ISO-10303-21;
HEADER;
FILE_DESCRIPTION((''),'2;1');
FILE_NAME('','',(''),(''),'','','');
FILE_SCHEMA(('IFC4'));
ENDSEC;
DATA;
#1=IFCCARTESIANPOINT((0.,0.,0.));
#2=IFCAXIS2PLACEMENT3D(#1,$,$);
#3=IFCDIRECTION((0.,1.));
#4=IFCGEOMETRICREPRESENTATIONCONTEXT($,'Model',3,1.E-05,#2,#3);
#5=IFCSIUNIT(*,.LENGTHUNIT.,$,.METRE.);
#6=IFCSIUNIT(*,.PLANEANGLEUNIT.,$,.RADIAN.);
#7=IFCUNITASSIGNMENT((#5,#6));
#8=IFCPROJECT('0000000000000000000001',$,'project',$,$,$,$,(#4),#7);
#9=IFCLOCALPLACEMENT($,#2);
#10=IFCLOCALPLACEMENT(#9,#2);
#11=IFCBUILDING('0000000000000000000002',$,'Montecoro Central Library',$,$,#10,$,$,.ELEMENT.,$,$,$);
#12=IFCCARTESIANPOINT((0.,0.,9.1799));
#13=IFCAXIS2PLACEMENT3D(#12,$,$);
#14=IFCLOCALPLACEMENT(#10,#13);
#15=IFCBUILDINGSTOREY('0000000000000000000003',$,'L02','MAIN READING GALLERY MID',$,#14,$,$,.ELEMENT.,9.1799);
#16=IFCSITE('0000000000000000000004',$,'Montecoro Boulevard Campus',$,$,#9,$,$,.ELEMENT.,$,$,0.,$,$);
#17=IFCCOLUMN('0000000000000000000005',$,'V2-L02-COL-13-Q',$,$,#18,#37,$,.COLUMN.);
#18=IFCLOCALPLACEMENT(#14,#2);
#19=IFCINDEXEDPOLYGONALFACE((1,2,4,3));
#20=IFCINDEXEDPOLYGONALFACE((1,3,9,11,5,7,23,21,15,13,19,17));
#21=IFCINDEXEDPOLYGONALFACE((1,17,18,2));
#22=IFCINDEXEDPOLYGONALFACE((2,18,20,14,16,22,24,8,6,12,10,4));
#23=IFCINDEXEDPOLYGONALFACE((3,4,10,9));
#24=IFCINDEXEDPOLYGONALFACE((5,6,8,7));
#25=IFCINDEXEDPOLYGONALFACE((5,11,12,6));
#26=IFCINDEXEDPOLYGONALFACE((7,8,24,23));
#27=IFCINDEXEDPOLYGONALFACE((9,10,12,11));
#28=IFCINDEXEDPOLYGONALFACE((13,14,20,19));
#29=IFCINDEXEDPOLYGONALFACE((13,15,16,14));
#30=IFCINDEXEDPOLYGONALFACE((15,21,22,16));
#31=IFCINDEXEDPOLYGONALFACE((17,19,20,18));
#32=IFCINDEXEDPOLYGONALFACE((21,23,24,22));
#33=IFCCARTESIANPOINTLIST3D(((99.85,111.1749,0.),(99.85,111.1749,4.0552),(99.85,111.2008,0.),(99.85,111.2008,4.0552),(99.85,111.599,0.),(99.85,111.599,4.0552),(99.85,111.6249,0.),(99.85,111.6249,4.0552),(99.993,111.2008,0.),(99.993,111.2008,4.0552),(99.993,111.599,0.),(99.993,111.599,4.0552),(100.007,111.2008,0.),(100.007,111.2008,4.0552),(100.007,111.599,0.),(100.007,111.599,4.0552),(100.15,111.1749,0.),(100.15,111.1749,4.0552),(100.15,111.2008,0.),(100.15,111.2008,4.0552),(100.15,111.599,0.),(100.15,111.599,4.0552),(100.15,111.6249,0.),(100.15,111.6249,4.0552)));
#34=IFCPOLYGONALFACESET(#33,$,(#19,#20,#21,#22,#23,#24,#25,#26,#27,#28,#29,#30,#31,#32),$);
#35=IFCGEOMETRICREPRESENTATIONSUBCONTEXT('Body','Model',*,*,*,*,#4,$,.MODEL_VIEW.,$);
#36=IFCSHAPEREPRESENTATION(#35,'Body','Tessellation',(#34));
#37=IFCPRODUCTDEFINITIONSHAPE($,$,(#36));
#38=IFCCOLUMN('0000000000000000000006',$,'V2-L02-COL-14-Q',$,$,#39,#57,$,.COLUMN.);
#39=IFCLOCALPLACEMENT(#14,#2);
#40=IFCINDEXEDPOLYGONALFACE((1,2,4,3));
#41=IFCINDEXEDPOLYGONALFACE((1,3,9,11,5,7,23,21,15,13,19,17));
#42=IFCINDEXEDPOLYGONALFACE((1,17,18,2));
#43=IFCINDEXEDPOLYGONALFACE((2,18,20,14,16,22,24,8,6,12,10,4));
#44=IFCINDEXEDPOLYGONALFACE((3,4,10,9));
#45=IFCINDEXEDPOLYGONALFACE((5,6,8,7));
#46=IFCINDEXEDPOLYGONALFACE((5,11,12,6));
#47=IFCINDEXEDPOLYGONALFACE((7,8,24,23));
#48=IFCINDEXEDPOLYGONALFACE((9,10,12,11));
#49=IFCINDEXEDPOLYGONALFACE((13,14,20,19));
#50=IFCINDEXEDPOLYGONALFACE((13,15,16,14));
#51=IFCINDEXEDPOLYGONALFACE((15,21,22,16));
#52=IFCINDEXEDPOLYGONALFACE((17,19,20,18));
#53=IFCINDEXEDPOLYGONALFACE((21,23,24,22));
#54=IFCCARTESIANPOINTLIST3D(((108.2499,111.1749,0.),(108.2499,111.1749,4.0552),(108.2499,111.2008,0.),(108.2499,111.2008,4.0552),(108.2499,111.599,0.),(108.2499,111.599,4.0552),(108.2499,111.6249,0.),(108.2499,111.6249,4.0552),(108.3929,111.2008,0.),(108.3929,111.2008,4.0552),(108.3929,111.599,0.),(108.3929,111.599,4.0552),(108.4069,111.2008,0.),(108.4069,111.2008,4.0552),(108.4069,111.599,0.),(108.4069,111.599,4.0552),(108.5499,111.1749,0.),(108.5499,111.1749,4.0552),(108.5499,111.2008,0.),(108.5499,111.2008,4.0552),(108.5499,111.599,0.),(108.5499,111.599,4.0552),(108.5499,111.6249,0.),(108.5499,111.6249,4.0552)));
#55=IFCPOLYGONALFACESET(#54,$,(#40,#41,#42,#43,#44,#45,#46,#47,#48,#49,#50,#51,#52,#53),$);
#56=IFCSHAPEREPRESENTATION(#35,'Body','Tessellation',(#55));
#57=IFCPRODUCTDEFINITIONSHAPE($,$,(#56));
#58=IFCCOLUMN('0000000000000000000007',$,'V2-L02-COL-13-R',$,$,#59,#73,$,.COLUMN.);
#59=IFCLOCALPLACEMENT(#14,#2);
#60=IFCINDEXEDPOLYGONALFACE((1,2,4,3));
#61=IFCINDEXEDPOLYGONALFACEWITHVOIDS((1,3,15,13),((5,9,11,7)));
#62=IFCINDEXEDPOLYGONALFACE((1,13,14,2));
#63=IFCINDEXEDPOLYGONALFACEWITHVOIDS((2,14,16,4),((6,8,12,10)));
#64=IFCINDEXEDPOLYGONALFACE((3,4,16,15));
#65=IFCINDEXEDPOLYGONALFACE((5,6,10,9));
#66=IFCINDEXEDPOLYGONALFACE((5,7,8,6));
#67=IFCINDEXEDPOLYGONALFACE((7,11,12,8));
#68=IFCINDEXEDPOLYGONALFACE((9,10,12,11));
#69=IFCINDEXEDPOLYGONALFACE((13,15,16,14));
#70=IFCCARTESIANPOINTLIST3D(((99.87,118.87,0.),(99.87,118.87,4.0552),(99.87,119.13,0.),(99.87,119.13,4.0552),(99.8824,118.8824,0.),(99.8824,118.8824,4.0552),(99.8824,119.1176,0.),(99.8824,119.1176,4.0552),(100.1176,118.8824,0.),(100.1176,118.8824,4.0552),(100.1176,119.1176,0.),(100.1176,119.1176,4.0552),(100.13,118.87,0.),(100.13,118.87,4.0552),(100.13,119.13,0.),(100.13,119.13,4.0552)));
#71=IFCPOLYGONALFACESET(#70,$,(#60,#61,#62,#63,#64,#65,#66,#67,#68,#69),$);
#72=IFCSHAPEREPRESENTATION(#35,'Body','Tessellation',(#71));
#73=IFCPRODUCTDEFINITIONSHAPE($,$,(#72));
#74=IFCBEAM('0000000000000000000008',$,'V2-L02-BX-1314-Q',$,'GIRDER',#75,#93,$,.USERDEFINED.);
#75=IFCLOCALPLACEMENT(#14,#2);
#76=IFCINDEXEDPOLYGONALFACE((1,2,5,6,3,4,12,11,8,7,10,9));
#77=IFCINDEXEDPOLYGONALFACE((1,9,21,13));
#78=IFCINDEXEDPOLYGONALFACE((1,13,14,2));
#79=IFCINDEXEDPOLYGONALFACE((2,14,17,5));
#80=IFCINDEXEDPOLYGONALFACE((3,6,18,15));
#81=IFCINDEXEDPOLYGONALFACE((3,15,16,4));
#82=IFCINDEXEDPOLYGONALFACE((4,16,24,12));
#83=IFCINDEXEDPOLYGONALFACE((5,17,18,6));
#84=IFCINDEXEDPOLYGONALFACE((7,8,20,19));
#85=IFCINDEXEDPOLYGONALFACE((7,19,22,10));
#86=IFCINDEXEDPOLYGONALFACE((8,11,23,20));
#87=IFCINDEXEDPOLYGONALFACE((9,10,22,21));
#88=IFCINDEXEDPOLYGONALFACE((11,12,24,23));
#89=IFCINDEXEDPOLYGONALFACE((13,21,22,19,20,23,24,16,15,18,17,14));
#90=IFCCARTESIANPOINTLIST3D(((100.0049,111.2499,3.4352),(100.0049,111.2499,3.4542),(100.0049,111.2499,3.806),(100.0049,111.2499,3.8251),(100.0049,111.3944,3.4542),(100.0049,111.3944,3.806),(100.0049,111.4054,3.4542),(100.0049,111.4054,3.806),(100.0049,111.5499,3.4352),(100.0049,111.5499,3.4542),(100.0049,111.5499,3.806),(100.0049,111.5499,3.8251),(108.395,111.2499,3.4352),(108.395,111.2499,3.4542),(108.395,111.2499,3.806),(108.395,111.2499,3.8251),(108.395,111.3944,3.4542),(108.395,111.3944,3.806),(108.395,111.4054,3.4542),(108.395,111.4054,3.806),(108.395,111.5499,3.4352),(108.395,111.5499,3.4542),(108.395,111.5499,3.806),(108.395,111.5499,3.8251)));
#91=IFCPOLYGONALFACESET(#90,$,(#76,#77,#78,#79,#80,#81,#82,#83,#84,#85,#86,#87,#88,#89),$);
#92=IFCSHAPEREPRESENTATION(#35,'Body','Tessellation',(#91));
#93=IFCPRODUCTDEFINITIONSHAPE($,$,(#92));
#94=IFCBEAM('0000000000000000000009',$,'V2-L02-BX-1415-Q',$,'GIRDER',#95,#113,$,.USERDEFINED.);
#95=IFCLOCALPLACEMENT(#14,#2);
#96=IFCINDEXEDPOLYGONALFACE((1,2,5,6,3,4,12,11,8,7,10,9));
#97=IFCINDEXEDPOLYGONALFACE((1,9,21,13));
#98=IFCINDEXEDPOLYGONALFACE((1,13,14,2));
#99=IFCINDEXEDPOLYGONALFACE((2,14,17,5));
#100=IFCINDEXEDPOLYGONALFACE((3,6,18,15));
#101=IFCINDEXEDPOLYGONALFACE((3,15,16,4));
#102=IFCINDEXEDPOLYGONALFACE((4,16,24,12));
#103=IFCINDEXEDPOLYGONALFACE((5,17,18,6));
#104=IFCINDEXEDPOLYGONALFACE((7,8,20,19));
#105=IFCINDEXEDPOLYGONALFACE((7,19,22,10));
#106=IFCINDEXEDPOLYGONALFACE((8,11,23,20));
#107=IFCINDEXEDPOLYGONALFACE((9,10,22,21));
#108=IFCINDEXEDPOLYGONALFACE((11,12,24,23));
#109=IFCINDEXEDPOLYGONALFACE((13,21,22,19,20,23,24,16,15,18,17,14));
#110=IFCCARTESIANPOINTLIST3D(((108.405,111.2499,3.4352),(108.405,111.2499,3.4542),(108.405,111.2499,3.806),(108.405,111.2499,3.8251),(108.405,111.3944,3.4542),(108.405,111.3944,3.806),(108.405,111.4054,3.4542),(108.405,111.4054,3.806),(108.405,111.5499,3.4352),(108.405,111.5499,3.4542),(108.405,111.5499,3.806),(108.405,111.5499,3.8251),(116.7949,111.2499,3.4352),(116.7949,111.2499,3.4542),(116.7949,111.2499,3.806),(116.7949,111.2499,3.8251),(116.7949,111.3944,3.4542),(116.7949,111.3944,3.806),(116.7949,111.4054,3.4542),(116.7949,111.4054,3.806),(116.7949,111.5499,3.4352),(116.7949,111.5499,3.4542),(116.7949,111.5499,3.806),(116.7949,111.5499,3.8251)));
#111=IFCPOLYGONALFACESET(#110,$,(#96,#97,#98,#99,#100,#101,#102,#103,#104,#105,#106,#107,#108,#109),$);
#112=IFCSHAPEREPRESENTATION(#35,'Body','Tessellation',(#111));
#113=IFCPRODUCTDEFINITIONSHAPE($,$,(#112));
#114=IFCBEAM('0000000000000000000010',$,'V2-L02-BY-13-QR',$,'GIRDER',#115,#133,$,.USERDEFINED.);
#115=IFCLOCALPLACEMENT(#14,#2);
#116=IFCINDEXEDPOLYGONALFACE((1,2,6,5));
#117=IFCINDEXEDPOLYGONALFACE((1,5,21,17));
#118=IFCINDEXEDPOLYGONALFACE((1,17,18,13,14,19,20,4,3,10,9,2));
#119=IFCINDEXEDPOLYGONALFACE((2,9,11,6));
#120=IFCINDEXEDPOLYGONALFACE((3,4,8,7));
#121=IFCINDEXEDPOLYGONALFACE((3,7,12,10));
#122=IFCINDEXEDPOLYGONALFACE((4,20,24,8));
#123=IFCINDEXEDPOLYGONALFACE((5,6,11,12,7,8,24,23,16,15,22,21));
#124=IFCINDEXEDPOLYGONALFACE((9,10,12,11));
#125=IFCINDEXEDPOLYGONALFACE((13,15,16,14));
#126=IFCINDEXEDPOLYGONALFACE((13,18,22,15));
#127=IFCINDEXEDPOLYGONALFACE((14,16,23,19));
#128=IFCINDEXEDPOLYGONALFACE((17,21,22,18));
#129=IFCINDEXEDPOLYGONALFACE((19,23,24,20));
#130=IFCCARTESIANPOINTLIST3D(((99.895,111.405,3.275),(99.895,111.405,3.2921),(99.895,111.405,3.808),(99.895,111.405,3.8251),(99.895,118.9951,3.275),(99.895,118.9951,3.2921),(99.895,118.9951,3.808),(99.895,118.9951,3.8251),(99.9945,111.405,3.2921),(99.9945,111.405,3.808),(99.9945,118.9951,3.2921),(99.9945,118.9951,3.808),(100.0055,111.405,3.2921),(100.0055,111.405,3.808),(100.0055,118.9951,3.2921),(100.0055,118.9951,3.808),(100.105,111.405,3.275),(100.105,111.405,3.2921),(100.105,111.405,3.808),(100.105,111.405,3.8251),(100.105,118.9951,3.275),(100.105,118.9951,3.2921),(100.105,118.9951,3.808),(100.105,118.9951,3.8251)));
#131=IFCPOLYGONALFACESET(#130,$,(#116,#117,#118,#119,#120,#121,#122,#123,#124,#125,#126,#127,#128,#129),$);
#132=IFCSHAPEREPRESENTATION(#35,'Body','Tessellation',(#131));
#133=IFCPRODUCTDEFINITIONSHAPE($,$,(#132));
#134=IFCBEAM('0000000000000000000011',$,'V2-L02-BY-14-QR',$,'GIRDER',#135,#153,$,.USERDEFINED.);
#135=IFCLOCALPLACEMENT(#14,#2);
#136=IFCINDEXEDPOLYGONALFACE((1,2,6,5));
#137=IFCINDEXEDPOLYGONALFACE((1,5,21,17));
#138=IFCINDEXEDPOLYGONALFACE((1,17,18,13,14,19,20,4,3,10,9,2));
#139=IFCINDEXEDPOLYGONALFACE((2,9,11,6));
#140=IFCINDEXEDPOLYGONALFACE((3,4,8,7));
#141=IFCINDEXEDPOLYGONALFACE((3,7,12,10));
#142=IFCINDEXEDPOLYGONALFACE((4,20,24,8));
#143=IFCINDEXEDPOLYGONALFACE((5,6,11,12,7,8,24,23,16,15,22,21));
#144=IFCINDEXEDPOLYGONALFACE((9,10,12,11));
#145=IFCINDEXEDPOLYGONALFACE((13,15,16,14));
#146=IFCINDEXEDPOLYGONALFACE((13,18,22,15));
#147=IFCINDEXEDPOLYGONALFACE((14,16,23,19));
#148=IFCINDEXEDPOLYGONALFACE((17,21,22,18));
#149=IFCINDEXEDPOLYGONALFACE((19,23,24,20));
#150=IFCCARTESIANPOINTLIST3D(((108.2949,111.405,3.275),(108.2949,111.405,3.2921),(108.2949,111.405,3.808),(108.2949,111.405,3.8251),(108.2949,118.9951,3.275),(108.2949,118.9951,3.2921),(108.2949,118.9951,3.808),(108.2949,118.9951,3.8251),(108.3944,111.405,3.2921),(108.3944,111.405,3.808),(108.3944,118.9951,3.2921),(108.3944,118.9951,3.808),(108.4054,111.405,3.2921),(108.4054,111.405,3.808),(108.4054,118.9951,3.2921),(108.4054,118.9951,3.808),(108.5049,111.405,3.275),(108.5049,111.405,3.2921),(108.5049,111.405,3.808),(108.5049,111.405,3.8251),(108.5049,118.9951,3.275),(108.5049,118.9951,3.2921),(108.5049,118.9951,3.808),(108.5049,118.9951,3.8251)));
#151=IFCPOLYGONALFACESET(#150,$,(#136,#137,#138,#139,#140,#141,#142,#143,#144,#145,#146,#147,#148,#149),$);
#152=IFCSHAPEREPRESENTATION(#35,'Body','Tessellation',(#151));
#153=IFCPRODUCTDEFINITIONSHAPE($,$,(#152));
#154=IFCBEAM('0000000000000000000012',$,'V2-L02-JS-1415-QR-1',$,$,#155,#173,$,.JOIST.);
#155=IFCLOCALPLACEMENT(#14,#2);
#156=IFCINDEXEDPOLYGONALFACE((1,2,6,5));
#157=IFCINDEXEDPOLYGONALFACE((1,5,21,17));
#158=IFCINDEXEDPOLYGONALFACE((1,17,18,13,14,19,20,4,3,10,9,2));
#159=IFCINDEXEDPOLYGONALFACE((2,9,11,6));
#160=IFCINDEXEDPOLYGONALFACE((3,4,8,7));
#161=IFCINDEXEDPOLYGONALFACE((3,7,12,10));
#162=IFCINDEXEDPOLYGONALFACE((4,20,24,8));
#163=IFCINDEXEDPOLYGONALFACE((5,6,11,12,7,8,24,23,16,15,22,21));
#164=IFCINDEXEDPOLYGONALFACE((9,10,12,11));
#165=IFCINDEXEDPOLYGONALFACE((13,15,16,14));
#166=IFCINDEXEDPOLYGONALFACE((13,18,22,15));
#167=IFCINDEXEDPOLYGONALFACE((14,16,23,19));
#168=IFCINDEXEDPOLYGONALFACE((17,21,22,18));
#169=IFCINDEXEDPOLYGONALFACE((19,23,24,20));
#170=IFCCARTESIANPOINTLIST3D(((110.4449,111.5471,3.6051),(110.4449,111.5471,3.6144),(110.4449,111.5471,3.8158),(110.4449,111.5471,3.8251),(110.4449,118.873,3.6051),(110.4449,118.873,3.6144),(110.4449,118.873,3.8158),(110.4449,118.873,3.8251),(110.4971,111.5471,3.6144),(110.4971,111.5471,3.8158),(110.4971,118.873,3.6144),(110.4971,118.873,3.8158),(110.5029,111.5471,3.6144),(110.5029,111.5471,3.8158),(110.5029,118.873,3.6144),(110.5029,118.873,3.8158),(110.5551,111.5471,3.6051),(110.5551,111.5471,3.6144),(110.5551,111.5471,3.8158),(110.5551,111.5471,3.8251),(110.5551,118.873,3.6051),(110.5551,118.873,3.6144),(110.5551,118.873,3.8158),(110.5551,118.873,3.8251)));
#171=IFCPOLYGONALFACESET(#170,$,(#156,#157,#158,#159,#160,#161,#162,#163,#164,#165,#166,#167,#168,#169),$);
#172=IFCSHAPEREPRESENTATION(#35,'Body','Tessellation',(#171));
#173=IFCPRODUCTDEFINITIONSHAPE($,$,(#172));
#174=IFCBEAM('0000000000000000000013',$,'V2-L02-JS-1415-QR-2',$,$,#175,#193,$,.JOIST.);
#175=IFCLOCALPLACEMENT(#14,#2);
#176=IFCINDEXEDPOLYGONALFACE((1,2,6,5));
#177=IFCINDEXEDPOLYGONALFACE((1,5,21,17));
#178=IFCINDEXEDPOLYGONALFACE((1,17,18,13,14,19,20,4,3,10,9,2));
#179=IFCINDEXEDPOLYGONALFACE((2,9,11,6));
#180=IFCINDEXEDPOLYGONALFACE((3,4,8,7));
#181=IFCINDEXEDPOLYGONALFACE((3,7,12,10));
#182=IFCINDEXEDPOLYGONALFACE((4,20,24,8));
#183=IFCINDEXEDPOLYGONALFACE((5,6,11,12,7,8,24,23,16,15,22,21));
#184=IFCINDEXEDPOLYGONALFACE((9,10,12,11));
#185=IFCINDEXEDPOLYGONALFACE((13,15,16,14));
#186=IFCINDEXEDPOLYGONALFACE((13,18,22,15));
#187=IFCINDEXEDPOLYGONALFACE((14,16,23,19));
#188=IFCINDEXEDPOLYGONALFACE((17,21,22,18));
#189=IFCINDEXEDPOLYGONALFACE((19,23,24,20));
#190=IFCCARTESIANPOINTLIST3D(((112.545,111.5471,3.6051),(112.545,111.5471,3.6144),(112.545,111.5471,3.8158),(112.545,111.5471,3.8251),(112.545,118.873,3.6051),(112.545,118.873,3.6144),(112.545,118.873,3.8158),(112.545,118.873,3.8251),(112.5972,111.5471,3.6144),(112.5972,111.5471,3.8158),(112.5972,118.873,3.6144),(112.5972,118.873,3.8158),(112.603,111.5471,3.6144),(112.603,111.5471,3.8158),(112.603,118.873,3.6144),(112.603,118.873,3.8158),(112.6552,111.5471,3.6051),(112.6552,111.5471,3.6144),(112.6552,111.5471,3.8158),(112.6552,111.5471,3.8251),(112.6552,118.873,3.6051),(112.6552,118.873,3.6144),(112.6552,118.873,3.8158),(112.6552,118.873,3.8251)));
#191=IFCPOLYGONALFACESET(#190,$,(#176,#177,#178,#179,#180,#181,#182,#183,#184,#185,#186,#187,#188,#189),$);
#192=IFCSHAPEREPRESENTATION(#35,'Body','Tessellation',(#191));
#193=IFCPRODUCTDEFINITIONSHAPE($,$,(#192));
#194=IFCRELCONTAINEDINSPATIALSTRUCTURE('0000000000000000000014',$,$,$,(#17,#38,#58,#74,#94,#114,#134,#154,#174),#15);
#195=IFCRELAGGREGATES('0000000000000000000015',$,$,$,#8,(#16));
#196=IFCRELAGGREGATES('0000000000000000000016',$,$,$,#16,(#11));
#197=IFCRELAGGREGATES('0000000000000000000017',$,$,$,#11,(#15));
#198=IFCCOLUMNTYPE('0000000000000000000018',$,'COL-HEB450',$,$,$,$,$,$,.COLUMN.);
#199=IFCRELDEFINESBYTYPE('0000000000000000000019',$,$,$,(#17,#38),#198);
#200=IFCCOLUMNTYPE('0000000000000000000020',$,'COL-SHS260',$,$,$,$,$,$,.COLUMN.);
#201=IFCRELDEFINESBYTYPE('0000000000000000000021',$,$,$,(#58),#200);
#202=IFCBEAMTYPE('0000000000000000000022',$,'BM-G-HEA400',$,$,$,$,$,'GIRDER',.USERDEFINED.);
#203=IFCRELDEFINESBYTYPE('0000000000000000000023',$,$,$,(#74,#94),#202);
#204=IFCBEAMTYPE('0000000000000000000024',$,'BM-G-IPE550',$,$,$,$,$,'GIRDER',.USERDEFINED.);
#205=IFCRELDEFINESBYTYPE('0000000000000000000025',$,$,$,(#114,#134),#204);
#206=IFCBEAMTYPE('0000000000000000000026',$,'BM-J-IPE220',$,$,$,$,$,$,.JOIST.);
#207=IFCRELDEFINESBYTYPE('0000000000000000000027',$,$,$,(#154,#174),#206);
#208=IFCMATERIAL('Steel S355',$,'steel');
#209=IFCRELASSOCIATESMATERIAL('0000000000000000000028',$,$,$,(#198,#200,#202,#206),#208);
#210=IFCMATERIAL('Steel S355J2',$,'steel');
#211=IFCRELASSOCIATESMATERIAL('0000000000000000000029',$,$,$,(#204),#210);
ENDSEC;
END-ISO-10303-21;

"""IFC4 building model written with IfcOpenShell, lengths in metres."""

from ifc_helpers import new_model, si_unit, direction, frame, origin, origin_2d, place, context, subcontext, project, spatial, hollow_rectangle, i_section, extrude, material, material_profile, profile_set, type_object, element, save


model = new_model("IFC4")

# Units and contexts
model_context = context("Model", 3, precision=1e-05, world=origin(), true_north=direction((0.0, 1.0)))
body_context = subcontext(model_context, "Body", "Model", "MODEL_VIEW")
ifc_project = project(units=[si_unit("LENGTHUNIT", "METRE"), si_unit("PLANEANGLEUNIT", "RADIAN")], contexts=[model_context])

# Site, building, storey
site_placement = place(None, origin())
site = spatial("IfcSite", under=ifc_project, at=site_placement, Name="Montecoro Boulevard Campus", CompositionType="ELEMENT", RefElevation=0.0)
building_placement = place(site_placement, origin())
building = spatial("IfcBuilding", under=site, at=building_placement, Name="Montecoro Central Library", CompositionType="ELEMENT")
storey_placement = place(building_placement, frame((0.0, 0.0, 9.1799)))
storey = spatial("IfcBuildingStorey", under=building, at=storey_placement, Name="L02", Description="MAIN READING GALLERY MID", CompositionType="ELEMENT", Elevation=9.1799)

# Columns
ifc_material_1 = material(Name="Steel S355", Category="steel")
ifc_material_profile_1 = material_profile(ifc_material_1, i_section(OverallWidth=0.3, OverallDepth=0.45, WebThickness=0.0139, FlangeThickness=0.0259, at=origin_2d()), Name="HEB 450")
ifc_profile_set_1 = profile_set([ifc_material_profile_1], Name="Steel S355")
column_type_1 = type_object("IfcColumnType", Name="COL-HEB450", PredefinedType="COLUMN", material=ifc_profile_set_1)
for number, where, z_axis, x_axis, name in (
    (1, (100.0, 111.3999, 0.0), (0.0, 0.0, 1.0), (1.0, 0.0, 0.0), "V2-L02-COL-13-Q"),
    (2, (108.3999, 111.3999, 0.0), (0.0, 0.0, 1.0), (1.0, 0.0, 0.0), "V2-L02-COL-14-Q"),
):
    element("IfcColumn", number, at=place(storey_placement, frame(where, z_axis=z_axis, x_axis=x_axis)), inside=storey, type_object=column_type_1, Name=name, PredefinedType="COLUMN", context=body_context, shape_type="SweptSolid", body=[
        extrude(i_section(OverallWidth=0.3, OverallDepth=0.45, WebThickness=0.0139, FlangeThickness=0.0259, at=origin_2d()), origin(), (0.0, 0.0, 1.0), 4.0552),
    ])
ifc_material_profile_2 = material_profile(ifc_material_1, hollow_rectangle(XDim=0.26, YDim=0.26, WallThickness=0.0125, at=origin_2d()), Name="SHS 260x260x12.5")
ifc_profile_set_2 = profile_set([ifc_material_profile_2], Name="Steel S355")
column_type_2 = type_object("IfcColumnType", Name="COL-SHS260", PredefinedType="COLUMN", material=ifc_profile_set_2)
column_placement = place(storey_placement, frame((100.0, 119.0, 0.0), z_axis=(0.0, 0.0, 1.0), x_axis=(1.0, 0.0, 0.0)))
element("IfcColumn", 3, at=column_placement, inside=storey, type_object=column_type_2, Name="V2-L02-COL-13-R", PredefinedType="COLUMN", context=body_context, shape_type="SweptSolid", body=[
    extrude(hollow_rectangle(XDim=0.26, YDim=0.26, WallThickness=0.0125, at=origin_2d()), origin(), (0.0, 0.0, 1.0), 4.0552),
])

# Beams
ifc_material_profile_3 = material_profile(ifc_material_1, i_section(OverallWidth=0.3, OverallDepth=0.3899, WebThickness=0.011, FlangeThickness=0.019, at=origin_2d()), Name="HEA 400")
ifc_profile_set_3 = profile_set([ifc_material_profile_3], Name="Steel S355")
beam_type_1 = type_object("IfcBeamType", Name="BM-G-HEA400", ElementType="GIRDER", PredefinedType="USERDEFINED", material=ifc_profile_set_3)
beam_1_placement = place(storey_placement, frame((100.0049, 111.3999, 3.6301), z_axis=(1.0, 0.0, 0.0), x_axis=(0.0, 1.0, 0.0)))
element("IfcBeam", 4, at=beam_1_placement, inside=storey, type_object=beam_type_1, Name="V2-L02-BX-1314-Q", ObjectType="GIRDER", PredefinedType="USERDEFINED", context=body_context, shape_type="SweptSolid", body=[
    extrude(i_section(OverallWidth=0.3, OverallDepth=0.3899, WebThickness=0.011, FlangeThickness=0.019, at=origin_2d()), origin(), (0.0, 0.0, 1.0), 8.3901),
])
beam_2_placement = place(storey_placement, frame((108.405, 111.3999, 3.6301), z_axis=(1.0, 0.0, 0.0), x_axis=(0.0, 1.0, 0.0)))
element("IfcBeam", 5, at=beam_2_placement, inside=storey, type_object=beam_type_1, Name="V2-L02-BX-1415-Q", ObjectType="GIRDER", PredefinedType="USERDEFINED", context=body_context, shape_type="SweptSolid", body=[
    extrude(i_section(OverallWidth=0.3, OverallDepth=0.3899, WebThickness=0.011, FlangeThickness=0.019, at=origin_2d()), origin(), (0.0, 0.0, 1.0), 8.3899),
])
ifc_material_2 = material(Name="Steel S355J2", Category="steel")
ifc_material_profile_4 = material_profile(ifc_material_2, i_section(OverallWidth=0.21, OverallDepth=0.55, WebThickness=0.011, FlangeThickness=0.0171, at=origin_2d()), Name="IPE 550")
ifc_profile_set_4 = profile_set([ifc_material_profile_4], Name="Steel S355J2")
beam_type_2 = type_object("IfcBeamType", Name="BM-G-IPE550", ElementType="GIRDER", PredefinedType="USERDEFINED", material=ifc_profile_set_4)
for number, where, z_axis, x_axis, name in (
    (6, (100.0, 111.405, 3.55), (0.0, 1.0, 0.0), (-1.0, 0.0, 0.0), "V2-L02-BY-13-QR"),
    (7, (108.3999, 111.405, 3.55), (0.0, 1.0, 0.0), (-1.0, 0.0, 0.0), "V2-L02-BY-14-QR"),
):
    element("IfcBeam", number, at=place(storey_placement, frame(where, z_axis=z_axis, x_axis=x_axis)), inside=storey, type_object=beam_type_2, Name=name, ObjectType="GIRDER", PredefinedType="USERDEFINED", context=body_context, shape_type="SweptSolid", body=[
        extrude(i_section(OverallWidth=0.21, OverallDepth=0.55, WebThickness=0.011, FlangeThickness=0.0171, at=origin_2d()), origin(), (0.0, 0.0, 1.0), 7.5901),
    ])
ifc_material_profile_5 = material_profile(ifc_material_1, i_section(OverallWidth=0.1101, OverallDepth=0.22, WebThickness=0.0059, FlangeThickness=0.0093, at=origin_2d()), Name="IPE 220")
ifc_profile_set_5 = profile_set([ifc_material_profile_5], Name="Steel S355")
beam_type_3 = type_object("IfcBeamType", Name="BM-J-IPE220", PredefinedType="JOIST", material=ifc_profile_set_5)
for number, where, z_axis, x_axis, name in (
    (8, (110.5, 111.5471, 3.7151), (0.0, 1.0, 0.0), (-1.0, 0.0, 0.0), "V2-L02-JS-1415-QR-1"),
    (9, (112.6001, 111.5471, 3.7151), (0.0, 1.0, 0.0), (-1.0, 0.0, 0.0), "V2-L02-JS-1415-QR-2"),
):
    element("IfcBeam", number, at=place(storey_placement, frame(where, z_axis=z_axis, x_axis=x_axis)), inside=storey, type_object=beam_type_3, Name=name, PredefinedType="JOIST", context=body_context, shape_type="SweptSolid", body=[
        extrude(i_section(OverallWidth=0.1101, OverallDepth=0.22, WebThickness=0.0059, FlangeThickness=0.0093, at=origin_2d()), origin(), (0.0, 0.0, 1.0), 7.3259),
    ])

save(model, "model.ifc")
